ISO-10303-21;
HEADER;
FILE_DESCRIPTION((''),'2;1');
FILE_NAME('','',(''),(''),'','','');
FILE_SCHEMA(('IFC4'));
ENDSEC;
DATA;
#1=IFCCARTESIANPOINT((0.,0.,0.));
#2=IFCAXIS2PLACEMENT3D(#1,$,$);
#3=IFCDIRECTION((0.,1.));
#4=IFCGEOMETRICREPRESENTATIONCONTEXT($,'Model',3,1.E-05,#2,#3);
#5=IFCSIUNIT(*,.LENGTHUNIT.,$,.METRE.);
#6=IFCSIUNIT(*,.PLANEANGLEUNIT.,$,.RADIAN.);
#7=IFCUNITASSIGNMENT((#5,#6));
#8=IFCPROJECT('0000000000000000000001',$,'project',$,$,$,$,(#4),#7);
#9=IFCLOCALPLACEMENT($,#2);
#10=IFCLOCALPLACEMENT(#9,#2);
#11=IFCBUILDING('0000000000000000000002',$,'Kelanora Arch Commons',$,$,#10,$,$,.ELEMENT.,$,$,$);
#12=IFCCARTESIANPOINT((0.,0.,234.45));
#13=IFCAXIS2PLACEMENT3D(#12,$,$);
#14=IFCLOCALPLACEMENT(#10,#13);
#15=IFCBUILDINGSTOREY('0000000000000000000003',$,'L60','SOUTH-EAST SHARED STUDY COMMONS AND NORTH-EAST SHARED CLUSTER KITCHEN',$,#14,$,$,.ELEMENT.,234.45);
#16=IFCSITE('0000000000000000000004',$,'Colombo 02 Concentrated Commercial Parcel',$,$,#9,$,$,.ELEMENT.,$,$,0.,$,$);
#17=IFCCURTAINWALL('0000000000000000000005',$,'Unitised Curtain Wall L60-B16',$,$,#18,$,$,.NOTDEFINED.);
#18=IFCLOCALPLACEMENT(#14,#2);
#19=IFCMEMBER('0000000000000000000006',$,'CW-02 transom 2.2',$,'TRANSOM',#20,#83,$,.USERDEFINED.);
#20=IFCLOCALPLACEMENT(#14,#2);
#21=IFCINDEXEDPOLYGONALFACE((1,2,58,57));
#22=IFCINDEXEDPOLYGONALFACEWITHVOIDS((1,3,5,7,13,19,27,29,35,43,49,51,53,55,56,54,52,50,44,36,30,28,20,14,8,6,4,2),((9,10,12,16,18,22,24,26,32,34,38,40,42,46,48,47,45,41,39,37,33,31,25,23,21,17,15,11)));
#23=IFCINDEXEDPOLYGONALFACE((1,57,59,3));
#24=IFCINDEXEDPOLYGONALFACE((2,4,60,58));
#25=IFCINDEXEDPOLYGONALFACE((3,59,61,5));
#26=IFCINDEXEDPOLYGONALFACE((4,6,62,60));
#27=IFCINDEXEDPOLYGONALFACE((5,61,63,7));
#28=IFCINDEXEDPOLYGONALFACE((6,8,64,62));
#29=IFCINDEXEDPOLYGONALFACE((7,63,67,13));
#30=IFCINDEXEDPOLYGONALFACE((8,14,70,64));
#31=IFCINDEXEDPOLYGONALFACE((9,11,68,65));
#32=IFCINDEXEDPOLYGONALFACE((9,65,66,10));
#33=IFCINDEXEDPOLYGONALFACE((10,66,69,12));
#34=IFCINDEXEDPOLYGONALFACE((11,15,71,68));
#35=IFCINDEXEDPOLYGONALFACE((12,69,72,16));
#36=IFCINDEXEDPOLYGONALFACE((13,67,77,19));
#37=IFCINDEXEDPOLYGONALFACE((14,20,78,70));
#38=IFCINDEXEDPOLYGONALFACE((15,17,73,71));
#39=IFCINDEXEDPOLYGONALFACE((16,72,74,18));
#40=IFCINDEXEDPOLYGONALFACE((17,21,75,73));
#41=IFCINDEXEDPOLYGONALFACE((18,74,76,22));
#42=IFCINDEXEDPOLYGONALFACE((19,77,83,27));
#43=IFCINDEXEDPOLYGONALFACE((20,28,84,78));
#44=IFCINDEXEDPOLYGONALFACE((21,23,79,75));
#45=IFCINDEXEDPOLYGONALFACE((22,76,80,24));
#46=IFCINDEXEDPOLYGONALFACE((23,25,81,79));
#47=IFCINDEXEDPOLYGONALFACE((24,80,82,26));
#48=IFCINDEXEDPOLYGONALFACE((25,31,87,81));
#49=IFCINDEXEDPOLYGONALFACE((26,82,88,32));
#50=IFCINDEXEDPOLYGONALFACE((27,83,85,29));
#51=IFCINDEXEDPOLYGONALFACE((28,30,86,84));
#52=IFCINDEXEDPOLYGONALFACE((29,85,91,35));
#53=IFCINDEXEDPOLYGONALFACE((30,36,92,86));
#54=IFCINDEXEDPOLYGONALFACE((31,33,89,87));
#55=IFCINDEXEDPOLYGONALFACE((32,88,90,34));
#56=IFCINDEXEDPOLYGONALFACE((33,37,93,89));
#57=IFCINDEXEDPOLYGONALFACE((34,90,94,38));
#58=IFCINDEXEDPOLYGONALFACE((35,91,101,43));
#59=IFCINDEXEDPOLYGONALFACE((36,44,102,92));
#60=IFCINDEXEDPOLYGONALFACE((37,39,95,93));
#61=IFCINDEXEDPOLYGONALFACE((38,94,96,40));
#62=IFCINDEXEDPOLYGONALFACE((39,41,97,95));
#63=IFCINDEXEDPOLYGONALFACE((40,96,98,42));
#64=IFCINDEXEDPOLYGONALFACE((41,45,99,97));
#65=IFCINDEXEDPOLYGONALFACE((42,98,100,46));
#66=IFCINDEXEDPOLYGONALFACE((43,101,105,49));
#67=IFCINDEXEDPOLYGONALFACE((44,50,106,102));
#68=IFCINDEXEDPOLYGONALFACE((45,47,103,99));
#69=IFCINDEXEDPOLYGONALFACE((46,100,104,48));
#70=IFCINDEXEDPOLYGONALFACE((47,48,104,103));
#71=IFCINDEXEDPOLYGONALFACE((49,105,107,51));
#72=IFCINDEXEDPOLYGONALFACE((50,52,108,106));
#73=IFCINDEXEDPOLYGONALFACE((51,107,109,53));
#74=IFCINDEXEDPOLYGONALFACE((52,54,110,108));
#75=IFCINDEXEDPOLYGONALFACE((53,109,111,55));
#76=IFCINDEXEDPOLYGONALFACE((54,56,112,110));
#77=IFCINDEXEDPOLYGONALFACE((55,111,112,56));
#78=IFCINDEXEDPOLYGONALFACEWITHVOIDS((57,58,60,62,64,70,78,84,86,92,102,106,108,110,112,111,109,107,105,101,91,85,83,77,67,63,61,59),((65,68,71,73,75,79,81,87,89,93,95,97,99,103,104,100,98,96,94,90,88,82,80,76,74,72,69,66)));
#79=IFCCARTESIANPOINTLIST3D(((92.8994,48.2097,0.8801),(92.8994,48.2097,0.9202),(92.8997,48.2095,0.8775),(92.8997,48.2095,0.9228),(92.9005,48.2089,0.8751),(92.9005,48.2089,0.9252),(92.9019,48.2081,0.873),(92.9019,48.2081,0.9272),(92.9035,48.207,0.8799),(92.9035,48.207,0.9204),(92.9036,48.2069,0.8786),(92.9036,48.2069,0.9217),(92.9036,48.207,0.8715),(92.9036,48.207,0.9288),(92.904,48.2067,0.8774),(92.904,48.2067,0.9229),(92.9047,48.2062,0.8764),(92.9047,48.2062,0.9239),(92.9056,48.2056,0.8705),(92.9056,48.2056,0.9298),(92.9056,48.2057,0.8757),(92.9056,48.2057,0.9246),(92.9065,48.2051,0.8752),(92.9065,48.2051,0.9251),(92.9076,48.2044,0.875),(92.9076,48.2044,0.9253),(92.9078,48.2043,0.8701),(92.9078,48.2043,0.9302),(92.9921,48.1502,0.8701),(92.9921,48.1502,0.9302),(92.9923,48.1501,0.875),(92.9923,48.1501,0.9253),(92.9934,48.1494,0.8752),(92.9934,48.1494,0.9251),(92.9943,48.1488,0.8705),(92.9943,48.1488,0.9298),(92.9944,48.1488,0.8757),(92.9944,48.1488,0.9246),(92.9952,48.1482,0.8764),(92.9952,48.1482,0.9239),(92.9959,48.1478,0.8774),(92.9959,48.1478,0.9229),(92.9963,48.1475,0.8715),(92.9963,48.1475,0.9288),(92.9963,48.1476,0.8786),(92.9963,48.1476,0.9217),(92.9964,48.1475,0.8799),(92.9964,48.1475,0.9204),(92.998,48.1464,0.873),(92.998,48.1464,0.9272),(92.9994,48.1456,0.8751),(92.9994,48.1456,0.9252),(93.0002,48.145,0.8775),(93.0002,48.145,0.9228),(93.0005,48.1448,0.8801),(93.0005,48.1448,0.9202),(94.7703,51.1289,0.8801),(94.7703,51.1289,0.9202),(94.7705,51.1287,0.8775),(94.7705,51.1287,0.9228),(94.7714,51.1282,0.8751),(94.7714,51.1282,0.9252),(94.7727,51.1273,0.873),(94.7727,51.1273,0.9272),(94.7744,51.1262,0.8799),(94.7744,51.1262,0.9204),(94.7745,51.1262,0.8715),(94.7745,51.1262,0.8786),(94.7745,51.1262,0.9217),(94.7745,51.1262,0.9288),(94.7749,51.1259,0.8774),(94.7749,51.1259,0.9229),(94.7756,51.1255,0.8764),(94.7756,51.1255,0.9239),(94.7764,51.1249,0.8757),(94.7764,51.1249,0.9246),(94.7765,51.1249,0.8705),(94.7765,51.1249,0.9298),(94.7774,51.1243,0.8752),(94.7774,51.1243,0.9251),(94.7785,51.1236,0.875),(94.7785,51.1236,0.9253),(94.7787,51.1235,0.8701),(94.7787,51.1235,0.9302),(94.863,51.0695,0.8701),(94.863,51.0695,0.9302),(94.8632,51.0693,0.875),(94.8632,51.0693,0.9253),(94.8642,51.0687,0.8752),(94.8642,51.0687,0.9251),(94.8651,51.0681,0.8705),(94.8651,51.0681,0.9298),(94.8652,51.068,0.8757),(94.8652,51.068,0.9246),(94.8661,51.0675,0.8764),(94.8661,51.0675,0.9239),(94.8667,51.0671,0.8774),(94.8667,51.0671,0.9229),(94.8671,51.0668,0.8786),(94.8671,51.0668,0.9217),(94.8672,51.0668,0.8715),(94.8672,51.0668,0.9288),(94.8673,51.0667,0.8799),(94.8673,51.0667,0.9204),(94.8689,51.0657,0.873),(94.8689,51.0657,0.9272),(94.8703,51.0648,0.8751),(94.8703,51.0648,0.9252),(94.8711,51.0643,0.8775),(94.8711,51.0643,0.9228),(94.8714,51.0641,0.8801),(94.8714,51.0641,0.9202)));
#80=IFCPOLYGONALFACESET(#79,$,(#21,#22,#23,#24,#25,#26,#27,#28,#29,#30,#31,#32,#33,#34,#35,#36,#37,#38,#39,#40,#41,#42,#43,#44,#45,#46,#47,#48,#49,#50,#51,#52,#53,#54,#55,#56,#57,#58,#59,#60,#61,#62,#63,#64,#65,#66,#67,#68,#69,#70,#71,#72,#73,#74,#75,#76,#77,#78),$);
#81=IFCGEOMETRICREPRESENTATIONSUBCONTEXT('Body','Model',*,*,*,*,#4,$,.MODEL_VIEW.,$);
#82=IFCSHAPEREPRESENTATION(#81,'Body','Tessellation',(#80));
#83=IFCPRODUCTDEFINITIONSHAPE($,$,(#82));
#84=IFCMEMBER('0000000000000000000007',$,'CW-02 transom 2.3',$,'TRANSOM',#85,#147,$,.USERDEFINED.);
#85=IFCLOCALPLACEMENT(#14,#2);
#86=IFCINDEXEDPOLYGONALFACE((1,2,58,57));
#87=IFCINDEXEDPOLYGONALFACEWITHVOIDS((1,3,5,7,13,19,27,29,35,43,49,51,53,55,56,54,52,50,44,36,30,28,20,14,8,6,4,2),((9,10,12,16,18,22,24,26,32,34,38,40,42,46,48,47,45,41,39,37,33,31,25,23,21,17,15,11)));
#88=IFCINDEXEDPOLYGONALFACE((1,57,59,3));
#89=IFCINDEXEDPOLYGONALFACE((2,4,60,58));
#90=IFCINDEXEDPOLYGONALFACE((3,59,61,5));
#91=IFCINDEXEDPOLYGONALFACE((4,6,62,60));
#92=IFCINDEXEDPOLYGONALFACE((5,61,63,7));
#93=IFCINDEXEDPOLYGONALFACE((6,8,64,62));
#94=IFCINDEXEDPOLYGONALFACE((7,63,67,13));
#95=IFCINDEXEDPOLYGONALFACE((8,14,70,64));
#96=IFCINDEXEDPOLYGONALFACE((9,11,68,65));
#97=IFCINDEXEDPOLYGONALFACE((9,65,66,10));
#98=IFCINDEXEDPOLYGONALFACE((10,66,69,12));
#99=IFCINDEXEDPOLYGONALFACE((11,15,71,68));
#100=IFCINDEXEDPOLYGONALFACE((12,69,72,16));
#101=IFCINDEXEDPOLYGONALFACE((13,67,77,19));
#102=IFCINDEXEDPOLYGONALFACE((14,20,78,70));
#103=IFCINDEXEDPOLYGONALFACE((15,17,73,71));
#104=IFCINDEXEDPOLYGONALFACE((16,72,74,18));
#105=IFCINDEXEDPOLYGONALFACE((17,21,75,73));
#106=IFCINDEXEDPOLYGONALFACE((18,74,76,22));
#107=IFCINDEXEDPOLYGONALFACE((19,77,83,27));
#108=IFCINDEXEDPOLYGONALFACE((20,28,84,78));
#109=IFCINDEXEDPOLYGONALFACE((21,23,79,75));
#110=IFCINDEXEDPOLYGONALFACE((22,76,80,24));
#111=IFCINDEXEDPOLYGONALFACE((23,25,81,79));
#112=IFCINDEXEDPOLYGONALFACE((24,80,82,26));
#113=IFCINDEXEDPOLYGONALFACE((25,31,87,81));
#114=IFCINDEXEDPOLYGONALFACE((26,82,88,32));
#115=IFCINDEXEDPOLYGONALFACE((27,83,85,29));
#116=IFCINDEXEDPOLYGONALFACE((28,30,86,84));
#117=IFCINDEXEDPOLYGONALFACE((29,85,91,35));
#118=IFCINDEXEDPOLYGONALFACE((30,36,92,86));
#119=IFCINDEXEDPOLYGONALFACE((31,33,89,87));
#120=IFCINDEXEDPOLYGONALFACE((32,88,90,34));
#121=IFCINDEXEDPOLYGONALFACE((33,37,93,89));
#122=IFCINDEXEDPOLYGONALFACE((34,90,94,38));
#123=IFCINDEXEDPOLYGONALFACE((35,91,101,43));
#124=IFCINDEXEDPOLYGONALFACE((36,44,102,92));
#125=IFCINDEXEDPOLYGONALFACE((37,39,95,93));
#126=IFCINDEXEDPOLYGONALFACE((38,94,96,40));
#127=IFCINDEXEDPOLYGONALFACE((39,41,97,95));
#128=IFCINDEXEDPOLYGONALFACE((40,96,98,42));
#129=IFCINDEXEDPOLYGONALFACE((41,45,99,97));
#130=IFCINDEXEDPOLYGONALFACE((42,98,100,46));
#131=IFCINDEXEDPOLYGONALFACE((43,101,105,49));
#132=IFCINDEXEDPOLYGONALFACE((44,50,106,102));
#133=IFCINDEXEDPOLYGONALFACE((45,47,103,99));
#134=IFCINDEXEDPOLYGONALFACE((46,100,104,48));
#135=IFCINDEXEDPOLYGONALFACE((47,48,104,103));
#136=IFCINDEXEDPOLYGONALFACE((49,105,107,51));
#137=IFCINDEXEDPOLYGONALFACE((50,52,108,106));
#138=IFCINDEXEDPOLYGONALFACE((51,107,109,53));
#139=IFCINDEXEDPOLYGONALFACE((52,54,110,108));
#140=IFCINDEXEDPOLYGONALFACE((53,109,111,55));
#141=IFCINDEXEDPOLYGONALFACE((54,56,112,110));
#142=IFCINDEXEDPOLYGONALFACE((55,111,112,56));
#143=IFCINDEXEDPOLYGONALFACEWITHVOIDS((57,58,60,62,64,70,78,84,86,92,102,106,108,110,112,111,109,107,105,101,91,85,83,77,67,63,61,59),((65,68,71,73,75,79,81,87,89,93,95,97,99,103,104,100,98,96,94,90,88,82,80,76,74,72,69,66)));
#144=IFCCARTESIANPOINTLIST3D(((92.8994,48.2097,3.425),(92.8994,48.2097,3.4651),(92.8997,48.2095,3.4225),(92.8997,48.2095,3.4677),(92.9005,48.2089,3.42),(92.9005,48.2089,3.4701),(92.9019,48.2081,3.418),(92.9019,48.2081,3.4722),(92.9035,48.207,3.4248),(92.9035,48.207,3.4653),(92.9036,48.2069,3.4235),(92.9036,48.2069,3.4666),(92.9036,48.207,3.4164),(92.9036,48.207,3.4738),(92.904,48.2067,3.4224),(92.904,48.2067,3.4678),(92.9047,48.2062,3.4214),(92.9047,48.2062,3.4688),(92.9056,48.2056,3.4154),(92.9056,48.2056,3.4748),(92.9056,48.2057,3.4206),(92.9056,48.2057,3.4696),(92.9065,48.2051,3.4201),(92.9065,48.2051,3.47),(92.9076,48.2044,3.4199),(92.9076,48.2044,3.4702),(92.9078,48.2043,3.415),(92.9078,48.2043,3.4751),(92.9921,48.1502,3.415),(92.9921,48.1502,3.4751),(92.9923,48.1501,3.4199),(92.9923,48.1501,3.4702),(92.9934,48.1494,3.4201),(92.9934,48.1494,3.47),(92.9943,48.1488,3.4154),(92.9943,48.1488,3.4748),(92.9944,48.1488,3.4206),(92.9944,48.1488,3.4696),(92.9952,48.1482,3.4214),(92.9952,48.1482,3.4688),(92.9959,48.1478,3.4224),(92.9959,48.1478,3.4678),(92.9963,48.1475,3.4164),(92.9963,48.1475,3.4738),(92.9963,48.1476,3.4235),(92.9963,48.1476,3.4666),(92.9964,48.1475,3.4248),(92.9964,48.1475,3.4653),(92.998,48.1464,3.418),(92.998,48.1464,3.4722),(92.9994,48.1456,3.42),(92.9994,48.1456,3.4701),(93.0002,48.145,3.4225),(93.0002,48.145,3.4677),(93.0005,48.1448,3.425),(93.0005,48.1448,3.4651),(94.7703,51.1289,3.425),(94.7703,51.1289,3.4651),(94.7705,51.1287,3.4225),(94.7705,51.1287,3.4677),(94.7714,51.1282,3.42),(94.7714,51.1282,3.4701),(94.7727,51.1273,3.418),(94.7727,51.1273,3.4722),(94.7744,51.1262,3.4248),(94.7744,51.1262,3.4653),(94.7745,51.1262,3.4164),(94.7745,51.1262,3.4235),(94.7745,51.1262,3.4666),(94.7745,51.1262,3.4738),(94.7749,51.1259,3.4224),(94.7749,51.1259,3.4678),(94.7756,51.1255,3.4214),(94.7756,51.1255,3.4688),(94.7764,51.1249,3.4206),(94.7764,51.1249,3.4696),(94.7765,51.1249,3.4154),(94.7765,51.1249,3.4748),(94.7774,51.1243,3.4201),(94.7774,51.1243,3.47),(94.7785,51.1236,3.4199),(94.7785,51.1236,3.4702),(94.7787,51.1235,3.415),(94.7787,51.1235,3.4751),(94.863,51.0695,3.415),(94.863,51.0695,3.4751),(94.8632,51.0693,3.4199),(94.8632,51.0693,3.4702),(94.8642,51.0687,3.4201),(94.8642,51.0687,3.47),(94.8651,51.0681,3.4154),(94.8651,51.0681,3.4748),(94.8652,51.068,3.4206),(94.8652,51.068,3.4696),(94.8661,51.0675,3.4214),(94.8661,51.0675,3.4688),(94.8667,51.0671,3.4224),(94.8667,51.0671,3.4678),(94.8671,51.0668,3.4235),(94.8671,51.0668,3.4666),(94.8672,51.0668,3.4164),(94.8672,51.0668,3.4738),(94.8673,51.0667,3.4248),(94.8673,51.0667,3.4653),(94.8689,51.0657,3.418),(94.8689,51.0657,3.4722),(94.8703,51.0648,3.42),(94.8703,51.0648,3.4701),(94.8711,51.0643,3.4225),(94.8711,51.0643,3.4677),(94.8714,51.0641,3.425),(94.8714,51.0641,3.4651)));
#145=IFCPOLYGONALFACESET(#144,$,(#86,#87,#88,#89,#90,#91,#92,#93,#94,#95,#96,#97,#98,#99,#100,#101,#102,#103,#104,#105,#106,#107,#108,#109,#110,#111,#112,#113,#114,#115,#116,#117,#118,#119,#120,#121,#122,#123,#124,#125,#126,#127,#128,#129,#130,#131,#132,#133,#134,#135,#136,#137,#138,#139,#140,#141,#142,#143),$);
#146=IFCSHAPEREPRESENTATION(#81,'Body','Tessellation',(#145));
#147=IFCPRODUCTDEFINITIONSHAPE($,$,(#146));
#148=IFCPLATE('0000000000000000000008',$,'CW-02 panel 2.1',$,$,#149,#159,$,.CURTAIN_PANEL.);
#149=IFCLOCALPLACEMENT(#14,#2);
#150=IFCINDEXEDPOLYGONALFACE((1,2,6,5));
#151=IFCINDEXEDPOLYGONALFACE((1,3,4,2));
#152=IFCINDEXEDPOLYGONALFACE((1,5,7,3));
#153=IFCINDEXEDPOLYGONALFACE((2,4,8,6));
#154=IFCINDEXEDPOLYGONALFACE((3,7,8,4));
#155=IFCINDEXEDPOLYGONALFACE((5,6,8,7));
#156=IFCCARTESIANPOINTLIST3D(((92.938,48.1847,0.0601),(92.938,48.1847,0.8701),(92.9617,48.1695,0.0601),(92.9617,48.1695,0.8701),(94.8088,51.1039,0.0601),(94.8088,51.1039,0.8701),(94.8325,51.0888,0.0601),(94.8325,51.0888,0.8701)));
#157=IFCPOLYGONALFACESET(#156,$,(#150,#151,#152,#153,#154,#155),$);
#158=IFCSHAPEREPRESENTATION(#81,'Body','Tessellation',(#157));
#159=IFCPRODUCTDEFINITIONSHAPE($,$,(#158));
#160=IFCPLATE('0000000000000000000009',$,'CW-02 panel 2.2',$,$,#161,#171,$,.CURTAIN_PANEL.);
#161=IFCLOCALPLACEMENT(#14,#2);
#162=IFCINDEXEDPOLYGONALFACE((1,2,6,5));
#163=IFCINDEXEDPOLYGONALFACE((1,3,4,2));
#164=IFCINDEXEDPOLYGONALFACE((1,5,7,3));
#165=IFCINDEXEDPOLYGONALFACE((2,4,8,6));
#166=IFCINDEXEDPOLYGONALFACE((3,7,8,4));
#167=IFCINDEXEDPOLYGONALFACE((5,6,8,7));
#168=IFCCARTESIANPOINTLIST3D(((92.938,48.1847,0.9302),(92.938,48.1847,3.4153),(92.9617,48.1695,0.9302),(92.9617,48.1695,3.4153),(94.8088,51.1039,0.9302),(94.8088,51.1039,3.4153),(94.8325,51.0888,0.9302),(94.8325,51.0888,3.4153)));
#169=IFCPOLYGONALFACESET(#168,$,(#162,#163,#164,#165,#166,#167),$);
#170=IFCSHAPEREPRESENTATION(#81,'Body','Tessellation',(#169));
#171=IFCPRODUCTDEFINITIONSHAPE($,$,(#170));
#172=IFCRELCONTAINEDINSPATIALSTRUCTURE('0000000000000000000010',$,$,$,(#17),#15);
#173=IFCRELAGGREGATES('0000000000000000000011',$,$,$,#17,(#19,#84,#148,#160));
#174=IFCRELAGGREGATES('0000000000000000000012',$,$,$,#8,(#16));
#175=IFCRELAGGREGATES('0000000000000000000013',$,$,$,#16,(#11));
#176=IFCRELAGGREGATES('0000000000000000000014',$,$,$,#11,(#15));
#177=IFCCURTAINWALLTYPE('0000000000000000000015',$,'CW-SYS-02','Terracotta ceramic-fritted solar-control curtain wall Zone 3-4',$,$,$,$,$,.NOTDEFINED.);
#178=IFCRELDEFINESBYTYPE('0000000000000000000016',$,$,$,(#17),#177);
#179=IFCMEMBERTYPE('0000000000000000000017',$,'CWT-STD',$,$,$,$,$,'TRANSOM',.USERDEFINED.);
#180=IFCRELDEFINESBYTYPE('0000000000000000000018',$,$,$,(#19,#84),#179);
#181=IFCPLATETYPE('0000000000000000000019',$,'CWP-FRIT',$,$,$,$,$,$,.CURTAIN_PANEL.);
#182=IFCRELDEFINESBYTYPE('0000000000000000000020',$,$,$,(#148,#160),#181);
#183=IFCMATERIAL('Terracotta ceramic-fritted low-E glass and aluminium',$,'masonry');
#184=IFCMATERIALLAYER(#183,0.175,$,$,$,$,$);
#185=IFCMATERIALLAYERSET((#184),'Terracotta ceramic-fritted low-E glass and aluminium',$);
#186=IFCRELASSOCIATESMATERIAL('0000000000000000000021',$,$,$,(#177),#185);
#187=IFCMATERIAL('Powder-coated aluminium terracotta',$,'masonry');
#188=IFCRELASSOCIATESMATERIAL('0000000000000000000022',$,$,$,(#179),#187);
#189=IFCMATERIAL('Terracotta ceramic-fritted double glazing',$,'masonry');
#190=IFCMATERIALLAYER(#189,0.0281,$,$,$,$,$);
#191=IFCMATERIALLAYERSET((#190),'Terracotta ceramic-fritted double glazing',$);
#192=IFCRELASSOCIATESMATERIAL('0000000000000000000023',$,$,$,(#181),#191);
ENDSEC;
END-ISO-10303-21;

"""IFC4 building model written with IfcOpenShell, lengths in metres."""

from ifc_helpers import new_model, si_unit, direction, frame, origin, origin_2d, place, context, subcontext, project, spatial, rectangle, hollow_rectangle, extrude, source, transform, mapped, material, layer, layer_set, material_profile, profile_set, type_object, element, aggregate, save


model = new_model("IFC4")

# Units and contexts
model_context = context("Model", 3, precision=1e-05, world=origin(), true_north=direction((0.0, 1.0)))
body_context = subcontext(model_context, "Body", "Model", "MODEL_VIEW")
ifc_project = project(units=[si_unit("LENGTHUNIT", "METRE"), si_unit("PLANEANGLEUNIT", "RADIAN")], contexts=[model_context])

# Site, building, storey
site_placement = place(None, origin())
site = spatial("IfcSite", under=ifc_project, at=site_placement, Name="Colombo 02 Concentrated Commercial Parcel", CompositionType="ELEMENT", RefElevation=0.0)
building_placement = place(site_placement, origin())
building = spatial("IfcBuilding", under=site, at=building_placement, Name="Kelanora Arch Commons", CompositionType="ELEMENT")
storey_placement = place(building_placement, frame((0.0, 0.0, 234.45)))
storey = spatial("IfcBuildingStorey", under=building, at=storey_placement, Name="L60", Description="SOUTH-EAST SHARED STUDY COMMONS AND NORTH-EAST SHARED CLUSTER KITCHEN", CompositionType="ELEMENT", Elevation=234.45)

# Curtain wall, members, plates
ifc_material_1 = material(Name="Terracotta ceramic-fritted low-E glass and aluminium", Category="masonry")
ifc_layer_1 = layer(ifc_material_1, 0.175)
ifc_layer_set_1 = layer_set([ifc_layer_1], Name="Terracotta ceramic-fritted low-E glass and aluminium")
curtain_wall_type = type_object("IfcCurtainWallType", Name="CW-SYS-02", Description="Terracotta ceramic-fritted solar-control curtain wall Zone 3-4", PredefinedType="NOTDEFINED", material=ifc_layer_set_1)
curtain_wall_placement = place(storey_placement, origin())
curtain_wall = element("IfcCurtainWall", 1, at=curtain_wall_placement, inside=storey, type_object=curtain_wall_type, Name="Unitised Curtain Wall L60-B16", PredefinedType="NOTDEFINED")
ifc_material_2 = material(Name="Powder-coated aluminium terracotta", Category="masonry")
ifc_material_profile_1 = material_profile(ifc_material_2, hollow_rectangle(XDim=0.1201, YDim=0.0601, WallThickness=0.0049, InnerFilletRadius=0.0049, OuterFilletRadius=0.01, at=origin_2d()), Name="CWT120x60")
ifc_profile_set_1 = profile_set([ifc_material_profile_1], Name="Powder-coated aluminium terracotta")
member_type_1 = type_object("IfcMemberType", Name="CWT-STD", ElementType="TRANSOM", PredefinedType="USERDEFINED", material=ifc_profile_set_1)
member_1_placement = place(storey_placement, frame((92.95, 48.1772, 0.9001), z_axis=(0.539579, 0.841935, 0.0), x_axis=(-0.841935, 0.539579, 0.0)))
member_1 = element("IfcMember", 2, at=member_1_placement, type_object=member_type_1, Name="CW-02 transom 2.2", ObjectType="TRANSOM", PredefinedType="USERDEFINED", context=body_context, shape_type="SweptSolid", body=[
    extrude(hollow_rectangle(XDim=0.1201, YDim=0.0601, WallThickness=0.0049, InnerFilletRadius=0.0049, OuterFilletRadius=0.01, at=origin_2d()), origin(), (0.0, 0.0, 1.0), 3.4673),
])
member_2_placement = place(storey_placement, frame((92.95, 48.1772, 3.4451), z_axis=(0.539579, 0.841935, 0.0), x_axis=(-0.841935, 0.539579, 0.0)))
member_2 = element("IfcMember", 3, at=member_2_placement, type_object=member_type_1, Name="CW-02 transom 2.3", ObjectType="TRANSOM", PredefinedType="USERDEFINED", context=body_context, shape_type="SweptSolid", body=[
    extrude(hollow_rectangle(XDim=0.1201, YDim=0.0601, WallThickness=0.0049, InnerFilletRadius=0.0049, OuterFilletRadius=0.01, at=origin_2d()), origin(), (0.0, 0.0, 1.0), 3.4673),
])
ifc_material_3 = material(Name="Terracotta ceramic-fritted double glazing", Category="masonry")
ifc_layer_2 = layer(ifc_material_3, 0.0281)
ifc_layer_set_2 = layer_set([ifc_layer_2], Name="Terracotta ceramic-fritted double glazing")
plate_type = type_object("IfcPlateType", Name="CWP-FRIT", PredefinedType="CURTAIN_PANEL", material=ifc_layer_set_2)
shared_shape_1 = source(origin(), body_context, "Body", "SweptSolid", [
    extrude(rectangle(XDim=3.4673, YDim=0.0281, at=origin_2d()), origin(), (0.0, 0.0, 1.0), 0.8101),
])
plate_1_placement = place(storey_placement, frame((93.8853, 49.6367, 0.0601), z_axis=(0.0, 0.0, 1.0), x_axis=(0.539559, 0.841948, 0.0)))
plate_1 = element("IfcPlate", 4, at=plate_1_placement, type_object=plate_type, Name="CW-02 panel 2.1", PredefinedType="CURTAIN_PANEL", context=body_context, shape_type="MappedRepresentation", body=[
    mapped(shared_shape_1, transform((0.0, 0.0, 0.0), scale=1.0)),
])
shared_shape_2 = source(origin(), body_context, "Body", "SweptSolid", [
    extrude(rectangle(XDim=3.4673, YDim=0.0281, at=origin_2d()), origin(), (0.0, 0.0, 1.0), 2.4851),
])
plate_2_placement = place(storey_placement, frame((93.8853, 49.6367, 0.9302), z_axis=(0.0, 0.0, 1.0), x_axis=(0.539559, 0.841948, 0.0)))
plate_2 = element("IfcPlate", 5, at=plate_2_placement, type_object=plate_type, Name="CW-02 panel 2.2", PredefinedType="CURTAIN_PANEL", context=body_context, shape_type="MappedRepresentation", body=[
    mapped(shared_shape_2, transform((0.0, 0.0, 0.0), scale=1.0)),
])
aggregate(curtain_wall, [member_1, member_2, plate_1, plate_2])

save(model, "model.ifc")
